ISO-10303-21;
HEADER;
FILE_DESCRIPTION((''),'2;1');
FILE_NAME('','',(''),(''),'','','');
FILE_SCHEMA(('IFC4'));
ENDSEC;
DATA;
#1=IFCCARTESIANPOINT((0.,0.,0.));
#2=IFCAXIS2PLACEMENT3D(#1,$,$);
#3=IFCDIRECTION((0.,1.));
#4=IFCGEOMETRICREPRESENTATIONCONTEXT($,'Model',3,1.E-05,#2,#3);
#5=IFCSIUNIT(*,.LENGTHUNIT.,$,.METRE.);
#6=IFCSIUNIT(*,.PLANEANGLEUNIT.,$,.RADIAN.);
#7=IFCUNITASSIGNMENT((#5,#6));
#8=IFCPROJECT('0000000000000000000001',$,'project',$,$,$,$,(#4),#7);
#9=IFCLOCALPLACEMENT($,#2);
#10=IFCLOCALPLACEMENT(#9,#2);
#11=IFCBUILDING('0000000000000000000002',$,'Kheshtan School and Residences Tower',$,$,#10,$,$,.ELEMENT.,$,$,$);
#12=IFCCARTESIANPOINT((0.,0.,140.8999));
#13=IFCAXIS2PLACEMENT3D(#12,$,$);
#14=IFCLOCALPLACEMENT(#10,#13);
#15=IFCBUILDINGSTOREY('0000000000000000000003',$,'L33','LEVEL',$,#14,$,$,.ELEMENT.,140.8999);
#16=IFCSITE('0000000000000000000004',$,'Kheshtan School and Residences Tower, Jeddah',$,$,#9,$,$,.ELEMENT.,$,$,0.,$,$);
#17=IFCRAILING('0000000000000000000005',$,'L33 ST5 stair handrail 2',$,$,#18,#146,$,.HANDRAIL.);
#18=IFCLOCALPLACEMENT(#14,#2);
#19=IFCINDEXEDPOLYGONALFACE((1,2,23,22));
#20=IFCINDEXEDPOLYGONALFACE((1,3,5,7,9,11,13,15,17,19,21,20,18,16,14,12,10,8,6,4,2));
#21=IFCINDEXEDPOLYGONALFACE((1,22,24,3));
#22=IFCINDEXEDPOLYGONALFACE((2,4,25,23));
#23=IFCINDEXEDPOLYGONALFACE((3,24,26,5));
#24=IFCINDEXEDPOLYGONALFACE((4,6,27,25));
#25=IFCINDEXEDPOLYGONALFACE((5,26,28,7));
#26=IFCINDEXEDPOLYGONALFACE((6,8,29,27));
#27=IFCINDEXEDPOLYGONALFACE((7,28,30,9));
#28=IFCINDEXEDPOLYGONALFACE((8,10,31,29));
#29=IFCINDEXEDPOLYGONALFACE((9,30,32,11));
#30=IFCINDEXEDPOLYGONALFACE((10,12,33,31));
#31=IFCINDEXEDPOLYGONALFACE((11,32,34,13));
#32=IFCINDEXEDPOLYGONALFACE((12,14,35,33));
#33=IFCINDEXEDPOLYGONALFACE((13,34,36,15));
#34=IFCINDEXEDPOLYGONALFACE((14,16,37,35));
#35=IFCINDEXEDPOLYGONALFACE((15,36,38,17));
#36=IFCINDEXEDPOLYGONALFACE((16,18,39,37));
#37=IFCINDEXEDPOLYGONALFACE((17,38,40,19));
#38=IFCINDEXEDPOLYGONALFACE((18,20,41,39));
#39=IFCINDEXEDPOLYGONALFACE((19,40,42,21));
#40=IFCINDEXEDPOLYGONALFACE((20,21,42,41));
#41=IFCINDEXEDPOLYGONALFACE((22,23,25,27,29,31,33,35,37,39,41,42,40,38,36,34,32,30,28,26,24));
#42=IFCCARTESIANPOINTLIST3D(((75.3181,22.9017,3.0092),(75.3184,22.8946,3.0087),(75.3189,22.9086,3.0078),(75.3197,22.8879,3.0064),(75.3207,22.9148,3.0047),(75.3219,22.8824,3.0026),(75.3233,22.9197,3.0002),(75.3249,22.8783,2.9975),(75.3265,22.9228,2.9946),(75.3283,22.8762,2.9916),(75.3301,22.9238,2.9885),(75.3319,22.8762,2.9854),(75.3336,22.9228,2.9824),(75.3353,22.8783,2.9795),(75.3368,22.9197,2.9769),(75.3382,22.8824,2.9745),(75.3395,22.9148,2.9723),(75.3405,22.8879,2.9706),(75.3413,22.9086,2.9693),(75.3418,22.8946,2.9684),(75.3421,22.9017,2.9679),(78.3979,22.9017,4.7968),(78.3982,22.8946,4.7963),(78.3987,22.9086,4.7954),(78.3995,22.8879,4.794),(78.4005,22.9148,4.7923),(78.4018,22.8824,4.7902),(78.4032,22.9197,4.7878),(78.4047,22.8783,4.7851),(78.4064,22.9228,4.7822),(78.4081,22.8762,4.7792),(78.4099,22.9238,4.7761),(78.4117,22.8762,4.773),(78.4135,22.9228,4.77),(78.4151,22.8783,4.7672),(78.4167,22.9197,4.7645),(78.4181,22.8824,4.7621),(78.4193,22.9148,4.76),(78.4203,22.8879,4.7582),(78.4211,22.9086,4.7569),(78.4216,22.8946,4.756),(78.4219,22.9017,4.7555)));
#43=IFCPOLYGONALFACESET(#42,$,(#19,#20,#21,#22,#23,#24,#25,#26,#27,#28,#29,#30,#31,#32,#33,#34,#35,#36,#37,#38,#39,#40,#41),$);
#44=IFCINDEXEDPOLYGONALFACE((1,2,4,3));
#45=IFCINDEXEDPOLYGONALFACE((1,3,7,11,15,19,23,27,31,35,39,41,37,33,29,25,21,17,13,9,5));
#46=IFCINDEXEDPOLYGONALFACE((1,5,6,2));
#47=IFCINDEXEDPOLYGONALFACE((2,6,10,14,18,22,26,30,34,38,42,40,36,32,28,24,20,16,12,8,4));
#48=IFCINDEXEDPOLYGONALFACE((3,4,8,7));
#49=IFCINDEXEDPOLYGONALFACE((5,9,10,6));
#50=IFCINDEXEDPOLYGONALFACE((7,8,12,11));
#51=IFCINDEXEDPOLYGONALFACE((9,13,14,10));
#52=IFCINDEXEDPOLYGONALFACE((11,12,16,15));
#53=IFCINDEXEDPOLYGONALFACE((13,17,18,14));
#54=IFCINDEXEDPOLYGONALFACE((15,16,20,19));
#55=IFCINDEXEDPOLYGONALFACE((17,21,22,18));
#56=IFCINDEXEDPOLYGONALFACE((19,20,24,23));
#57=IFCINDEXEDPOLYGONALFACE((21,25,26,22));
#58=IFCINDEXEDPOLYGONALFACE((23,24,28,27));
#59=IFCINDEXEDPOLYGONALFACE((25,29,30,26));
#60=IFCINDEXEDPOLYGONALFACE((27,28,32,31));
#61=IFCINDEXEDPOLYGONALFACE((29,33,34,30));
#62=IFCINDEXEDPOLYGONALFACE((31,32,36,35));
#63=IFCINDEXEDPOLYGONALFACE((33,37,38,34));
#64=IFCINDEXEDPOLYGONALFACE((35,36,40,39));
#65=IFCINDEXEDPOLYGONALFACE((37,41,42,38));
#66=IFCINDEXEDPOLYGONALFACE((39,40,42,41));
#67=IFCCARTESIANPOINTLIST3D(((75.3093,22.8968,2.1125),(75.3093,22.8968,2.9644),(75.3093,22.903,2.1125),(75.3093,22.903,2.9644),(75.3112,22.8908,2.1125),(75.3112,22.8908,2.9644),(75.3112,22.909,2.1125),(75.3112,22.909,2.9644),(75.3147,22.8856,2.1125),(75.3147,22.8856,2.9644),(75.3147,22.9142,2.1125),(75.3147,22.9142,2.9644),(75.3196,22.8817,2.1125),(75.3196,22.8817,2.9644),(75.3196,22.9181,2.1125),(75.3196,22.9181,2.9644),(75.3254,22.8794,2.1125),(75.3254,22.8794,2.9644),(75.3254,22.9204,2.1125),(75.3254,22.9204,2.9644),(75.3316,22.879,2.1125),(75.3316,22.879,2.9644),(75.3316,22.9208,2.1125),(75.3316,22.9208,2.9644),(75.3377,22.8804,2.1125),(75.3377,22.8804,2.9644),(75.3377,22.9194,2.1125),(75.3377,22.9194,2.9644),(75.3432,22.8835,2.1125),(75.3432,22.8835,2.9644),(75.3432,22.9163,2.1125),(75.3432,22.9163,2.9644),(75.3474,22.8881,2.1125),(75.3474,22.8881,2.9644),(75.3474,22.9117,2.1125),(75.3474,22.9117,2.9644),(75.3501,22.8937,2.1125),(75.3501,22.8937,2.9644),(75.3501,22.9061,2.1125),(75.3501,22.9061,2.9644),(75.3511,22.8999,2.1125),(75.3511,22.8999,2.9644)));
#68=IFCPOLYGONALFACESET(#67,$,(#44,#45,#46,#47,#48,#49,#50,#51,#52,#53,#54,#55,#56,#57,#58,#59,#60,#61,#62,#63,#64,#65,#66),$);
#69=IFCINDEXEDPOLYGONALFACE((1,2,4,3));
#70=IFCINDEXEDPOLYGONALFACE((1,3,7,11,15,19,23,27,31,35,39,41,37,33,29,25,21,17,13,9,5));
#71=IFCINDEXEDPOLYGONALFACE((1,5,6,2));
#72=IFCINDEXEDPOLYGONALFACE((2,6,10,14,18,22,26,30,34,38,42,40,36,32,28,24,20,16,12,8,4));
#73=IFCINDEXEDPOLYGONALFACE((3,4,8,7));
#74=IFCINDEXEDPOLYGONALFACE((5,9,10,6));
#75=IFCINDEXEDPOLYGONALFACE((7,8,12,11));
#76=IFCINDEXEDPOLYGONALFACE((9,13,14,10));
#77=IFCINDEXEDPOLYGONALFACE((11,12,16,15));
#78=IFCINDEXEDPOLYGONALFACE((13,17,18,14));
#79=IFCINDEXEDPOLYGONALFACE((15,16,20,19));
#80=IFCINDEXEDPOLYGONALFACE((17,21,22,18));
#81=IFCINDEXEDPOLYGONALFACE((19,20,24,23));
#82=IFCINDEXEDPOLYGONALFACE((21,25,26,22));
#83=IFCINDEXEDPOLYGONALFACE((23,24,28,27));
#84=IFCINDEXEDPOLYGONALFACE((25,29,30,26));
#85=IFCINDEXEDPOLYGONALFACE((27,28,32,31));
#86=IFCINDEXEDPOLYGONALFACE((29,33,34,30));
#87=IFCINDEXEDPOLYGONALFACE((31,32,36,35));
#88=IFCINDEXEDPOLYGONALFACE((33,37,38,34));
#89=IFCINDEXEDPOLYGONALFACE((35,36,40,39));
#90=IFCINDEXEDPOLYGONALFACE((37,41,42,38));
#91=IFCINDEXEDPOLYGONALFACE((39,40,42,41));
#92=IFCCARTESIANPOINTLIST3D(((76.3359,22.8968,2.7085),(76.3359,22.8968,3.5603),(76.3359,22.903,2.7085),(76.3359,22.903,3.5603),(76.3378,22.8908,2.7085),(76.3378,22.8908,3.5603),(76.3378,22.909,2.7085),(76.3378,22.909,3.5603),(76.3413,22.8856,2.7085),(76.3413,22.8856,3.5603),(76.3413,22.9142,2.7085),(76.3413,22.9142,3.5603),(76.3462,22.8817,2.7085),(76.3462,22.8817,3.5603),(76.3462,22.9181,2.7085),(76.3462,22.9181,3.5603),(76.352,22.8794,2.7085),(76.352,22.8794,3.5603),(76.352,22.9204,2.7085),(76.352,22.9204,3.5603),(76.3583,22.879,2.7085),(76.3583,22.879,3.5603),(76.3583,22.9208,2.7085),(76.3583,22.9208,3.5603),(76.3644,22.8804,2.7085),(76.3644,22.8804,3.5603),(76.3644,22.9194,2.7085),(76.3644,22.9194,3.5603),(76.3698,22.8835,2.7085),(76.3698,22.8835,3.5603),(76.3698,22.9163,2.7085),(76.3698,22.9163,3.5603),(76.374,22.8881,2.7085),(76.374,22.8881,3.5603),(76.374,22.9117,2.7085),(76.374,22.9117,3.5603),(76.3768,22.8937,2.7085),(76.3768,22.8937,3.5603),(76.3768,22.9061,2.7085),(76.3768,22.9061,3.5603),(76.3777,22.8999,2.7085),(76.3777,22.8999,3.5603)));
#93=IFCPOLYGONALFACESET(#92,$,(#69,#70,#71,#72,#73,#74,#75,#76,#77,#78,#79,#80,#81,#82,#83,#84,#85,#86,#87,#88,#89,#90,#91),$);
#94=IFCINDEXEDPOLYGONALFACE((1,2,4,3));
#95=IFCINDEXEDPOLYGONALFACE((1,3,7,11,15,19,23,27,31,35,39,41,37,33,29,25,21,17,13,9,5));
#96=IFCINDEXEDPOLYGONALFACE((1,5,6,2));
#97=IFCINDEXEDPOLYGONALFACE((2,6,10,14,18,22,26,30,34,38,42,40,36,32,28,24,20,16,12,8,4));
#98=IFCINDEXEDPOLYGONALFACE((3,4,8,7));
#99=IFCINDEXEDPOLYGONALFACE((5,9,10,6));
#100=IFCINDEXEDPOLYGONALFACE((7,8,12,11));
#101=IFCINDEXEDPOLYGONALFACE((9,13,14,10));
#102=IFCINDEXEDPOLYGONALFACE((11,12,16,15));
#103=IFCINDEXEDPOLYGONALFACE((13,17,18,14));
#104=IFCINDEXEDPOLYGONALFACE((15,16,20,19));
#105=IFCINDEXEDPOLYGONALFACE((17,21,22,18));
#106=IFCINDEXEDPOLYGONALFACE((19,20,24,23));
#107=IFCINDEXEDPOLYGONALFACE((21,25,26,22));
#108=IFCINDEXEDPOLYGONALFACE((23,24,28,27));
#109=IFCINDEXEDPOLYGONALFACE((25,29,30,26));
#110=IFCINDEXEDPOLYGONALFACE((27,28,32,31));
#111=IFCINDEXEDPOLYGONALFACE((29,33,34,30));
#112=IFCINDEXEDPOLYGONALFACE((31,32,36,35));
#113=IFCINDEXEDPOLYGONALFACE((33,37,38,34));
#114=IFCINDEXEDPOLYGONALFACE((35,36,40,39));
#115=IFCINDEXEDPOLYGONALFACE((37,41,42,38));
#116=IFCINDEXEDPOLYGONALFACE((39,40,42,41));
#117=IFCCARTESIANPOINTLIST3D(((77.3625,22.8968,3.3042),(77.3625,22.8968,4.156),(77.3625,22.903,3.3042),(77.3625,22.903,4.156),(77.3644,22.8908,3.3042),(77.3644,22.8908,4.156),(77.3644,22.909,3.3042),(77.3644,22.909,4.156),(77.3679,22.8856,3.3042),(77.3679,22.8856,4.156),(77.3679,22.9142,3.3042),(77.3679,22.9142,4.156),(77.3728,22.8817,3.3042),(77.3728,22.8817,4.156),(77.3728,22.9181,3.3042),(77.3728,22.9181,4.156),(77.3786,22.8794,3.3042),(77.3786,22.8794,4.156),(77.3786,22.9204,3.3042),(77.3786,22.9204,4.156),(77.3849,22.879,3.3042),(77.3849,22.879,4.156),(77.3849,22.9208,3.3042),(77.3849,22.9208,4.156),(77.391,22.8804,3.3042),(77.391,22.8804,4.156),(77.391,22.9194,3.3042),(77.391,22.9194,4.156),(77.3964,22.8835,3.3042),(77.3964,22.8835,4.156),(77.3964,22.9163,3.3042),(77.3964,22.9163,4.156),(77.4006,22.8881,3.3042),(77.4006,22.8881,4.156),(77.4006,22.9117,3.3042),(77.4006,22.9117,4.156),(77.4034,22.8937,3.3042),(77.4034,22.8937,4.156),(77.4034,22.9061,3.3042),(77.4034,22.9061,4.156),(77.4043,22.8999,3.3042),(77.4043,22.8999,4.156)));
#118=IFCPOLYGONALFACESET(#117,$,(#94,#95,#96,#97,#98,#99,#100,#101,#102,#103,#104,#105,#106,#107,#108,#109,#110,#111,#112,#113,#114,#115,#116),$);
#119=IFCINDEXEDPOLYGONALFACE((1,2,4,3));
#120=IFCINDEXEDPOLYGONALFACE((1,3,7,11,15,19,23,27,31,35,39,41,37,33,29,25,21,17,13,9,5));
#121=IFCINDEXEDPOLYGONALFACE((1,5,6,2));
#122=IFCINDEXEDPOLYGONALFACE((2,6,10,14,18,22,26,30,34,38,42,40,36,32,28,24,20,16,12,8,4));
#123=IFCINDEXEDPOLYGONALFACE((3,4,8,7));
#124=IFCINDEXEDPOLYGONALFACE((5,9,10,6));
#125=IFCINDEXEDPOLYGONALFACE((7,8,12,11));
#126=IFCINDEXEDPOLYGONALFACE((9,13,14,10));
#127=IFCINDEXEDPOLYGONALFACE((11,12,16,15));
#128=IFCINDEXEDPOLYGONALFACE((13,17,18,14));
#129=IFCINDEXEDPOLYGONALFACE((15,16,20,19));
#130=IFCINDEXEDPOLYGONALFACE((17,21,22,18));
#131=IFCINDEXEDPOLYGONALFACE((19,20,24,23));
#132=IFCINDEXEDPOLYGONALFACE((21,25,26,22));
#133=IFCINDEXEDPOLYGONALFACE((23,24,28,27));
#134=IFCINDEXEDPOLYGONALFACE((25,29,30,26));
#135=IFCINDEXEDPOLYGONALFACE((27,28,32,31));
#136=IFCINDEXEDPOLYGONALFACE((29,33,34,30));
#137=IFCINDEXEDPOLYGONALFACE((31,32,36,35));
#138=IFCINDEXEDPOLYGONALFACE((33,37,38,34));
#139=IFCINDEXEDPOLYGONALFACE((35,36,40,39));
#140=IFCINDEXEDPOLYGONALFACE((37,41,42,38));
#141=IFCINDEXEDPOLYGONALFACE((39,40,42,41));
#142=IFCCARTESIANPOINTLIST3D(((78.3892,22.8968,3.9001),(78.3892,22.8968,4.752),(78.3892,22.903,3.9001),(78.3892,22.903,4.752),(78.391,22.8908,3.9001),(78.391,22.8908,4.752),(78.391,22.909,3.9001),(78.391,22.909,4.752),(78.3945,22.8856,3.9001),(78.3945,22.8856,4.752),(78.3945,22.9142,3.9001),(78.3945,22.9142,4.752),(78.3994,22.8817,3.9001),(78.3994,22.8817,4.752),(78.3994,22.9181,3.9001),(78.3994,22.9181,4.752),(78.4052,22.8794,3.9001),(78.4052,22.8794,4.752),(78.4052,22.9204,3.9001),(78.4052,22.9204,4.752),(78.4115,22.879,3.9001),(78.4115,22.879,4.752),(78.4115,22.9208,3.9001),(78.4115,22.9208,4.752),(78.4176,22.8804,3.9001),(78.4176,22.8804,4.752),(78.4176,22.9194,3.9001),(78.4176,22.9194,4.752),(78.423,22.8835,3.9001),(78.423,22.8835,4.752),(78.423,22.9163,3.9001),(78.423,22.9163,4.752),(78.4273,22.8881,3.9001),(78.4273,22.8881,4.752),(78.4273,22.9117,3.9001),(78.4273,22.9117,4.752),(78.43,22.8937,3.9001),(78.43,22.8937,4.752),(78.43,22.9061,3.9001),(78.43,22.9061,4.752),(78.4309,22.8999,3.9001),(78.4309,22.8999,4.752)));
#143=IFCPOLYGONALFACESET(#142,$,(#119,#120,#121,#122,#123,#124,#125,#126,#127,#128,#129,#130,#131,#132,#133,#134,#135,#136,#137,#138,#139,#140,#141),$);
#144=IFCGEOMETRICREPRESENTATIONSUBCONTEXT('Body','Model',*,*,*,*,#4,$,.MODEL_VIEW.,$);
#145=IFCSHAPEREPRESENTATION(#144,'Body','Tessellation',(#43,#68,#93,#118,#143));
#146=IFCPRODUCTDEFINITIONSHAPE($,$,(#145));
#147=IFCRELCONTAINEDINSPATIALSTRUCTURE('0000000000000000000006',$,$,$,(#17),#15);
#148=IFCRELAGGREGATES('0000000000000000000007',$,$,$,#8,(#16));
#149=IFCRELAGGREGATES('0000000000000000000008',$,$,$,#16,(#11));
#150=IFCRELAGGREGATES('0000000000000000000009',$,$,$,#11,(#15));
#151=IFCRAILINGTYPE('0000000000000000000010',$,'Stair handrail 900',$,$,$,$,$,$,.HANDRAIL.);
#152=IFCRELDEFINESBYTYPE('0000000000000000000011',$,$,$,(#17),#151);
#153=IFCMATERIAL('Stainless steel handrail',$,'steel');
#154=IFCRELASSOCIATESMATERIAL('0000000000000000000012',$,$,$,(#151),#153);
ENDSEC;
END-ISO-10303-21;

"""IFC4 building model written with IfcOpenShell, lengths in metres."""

from ifc_helpers import new_model, si_unit, direction, frame, origin, origin_2d, place, context, subcontext, project, spatial, circle, extrude, material, type_object, element, save


model = new_model("IFC4")

# Units and contexts
model_context = context("Model", 3, precision=1e-05, world=origin(), true_north=direction((0.0, 1.0)))
body_context = subcontext(model_context, "Body", "Model", "MODEL_VIEW")
ifc_project = project(units=[si_unit("LENGTHUNIT", "METRE"), si_unit("PLANEANGLEUNIT", "RADIAN")], contexts=[model_context])

# Site, building, storey
site_placement = place(None, origin())
site = spatial("IfcSite", under=ifc_project, at=site_placement, Name="Kheshtan School and Residences Tower, Jeddah", CompositionType="ELEMENT", RefElevation=0.0)
building_placement = place(site_placement, origin())
building = spatial("IfcBuilding", under=site, at=building_placement, Name="Kheshtan School and Residences Tower", CompositionType="ELEMENT")
storey_placement = place(building_placement, frame((0.0, 0.0, 140.8999)))
storey = spatial("IfcBuildingStorey", under=building, at=storey_placement, Name="L33", Description="LEVEL", CompositionType="ELEMENT", Elevation=140.8999)

# Railing
ifc_material_1 = material(Name="Stainless steel handrail", Category="steel")
railing_type_1 = type_object("IfcRailingType", Name="Stair handrail 900", PredefinedType="HANDRAIL", material=ifc_material_1)
railing_1_placement = place(storey_placement, frame((75.3301, 22.8999, 2.1125)))
element("IfcRailing", 1, at=railing_1_placement, inside=storey, type_object=railing_type_1, Name="L33 ST5 stair handrail 2", PredefinedType="HANDRAIL", context=body_context, shape_type="SweptSolid", body=[
    extrude(circle(Radius=0.0239, at=origin_2d()), frame((0.0, 0.0, 0.876), z_axis=(0.864873, 0.0, 0.50199), x_axis=(0.0, 1.0, 0.0)), (0.0, 0.0, 1.0), 3.561),
    extrude(circle(Radius=0.021, at=origin_2d()), origin(), (0.0, 0.0, 1.0), 0.8518),
    extrude(circle(Radius=0.021, at=origin_2d()), frame((1.0266, 0.0, 0.5959)), (0.0, 0.0, 1.0), 0.8518),
    extrude(circle(Radius=0.021, at=origin_2d()), frame((2.0532, 0.0, 1.1917)), (0.0, 0.0, 1.0), 0.8518),
    extrude(circle(Radius=0.021, at=origin_2d()), frame((3.0798, 0.0, 1.7876)), (0.0, 0.0, 1.0), 0.8518),
])

save(model, "model.ifc")
